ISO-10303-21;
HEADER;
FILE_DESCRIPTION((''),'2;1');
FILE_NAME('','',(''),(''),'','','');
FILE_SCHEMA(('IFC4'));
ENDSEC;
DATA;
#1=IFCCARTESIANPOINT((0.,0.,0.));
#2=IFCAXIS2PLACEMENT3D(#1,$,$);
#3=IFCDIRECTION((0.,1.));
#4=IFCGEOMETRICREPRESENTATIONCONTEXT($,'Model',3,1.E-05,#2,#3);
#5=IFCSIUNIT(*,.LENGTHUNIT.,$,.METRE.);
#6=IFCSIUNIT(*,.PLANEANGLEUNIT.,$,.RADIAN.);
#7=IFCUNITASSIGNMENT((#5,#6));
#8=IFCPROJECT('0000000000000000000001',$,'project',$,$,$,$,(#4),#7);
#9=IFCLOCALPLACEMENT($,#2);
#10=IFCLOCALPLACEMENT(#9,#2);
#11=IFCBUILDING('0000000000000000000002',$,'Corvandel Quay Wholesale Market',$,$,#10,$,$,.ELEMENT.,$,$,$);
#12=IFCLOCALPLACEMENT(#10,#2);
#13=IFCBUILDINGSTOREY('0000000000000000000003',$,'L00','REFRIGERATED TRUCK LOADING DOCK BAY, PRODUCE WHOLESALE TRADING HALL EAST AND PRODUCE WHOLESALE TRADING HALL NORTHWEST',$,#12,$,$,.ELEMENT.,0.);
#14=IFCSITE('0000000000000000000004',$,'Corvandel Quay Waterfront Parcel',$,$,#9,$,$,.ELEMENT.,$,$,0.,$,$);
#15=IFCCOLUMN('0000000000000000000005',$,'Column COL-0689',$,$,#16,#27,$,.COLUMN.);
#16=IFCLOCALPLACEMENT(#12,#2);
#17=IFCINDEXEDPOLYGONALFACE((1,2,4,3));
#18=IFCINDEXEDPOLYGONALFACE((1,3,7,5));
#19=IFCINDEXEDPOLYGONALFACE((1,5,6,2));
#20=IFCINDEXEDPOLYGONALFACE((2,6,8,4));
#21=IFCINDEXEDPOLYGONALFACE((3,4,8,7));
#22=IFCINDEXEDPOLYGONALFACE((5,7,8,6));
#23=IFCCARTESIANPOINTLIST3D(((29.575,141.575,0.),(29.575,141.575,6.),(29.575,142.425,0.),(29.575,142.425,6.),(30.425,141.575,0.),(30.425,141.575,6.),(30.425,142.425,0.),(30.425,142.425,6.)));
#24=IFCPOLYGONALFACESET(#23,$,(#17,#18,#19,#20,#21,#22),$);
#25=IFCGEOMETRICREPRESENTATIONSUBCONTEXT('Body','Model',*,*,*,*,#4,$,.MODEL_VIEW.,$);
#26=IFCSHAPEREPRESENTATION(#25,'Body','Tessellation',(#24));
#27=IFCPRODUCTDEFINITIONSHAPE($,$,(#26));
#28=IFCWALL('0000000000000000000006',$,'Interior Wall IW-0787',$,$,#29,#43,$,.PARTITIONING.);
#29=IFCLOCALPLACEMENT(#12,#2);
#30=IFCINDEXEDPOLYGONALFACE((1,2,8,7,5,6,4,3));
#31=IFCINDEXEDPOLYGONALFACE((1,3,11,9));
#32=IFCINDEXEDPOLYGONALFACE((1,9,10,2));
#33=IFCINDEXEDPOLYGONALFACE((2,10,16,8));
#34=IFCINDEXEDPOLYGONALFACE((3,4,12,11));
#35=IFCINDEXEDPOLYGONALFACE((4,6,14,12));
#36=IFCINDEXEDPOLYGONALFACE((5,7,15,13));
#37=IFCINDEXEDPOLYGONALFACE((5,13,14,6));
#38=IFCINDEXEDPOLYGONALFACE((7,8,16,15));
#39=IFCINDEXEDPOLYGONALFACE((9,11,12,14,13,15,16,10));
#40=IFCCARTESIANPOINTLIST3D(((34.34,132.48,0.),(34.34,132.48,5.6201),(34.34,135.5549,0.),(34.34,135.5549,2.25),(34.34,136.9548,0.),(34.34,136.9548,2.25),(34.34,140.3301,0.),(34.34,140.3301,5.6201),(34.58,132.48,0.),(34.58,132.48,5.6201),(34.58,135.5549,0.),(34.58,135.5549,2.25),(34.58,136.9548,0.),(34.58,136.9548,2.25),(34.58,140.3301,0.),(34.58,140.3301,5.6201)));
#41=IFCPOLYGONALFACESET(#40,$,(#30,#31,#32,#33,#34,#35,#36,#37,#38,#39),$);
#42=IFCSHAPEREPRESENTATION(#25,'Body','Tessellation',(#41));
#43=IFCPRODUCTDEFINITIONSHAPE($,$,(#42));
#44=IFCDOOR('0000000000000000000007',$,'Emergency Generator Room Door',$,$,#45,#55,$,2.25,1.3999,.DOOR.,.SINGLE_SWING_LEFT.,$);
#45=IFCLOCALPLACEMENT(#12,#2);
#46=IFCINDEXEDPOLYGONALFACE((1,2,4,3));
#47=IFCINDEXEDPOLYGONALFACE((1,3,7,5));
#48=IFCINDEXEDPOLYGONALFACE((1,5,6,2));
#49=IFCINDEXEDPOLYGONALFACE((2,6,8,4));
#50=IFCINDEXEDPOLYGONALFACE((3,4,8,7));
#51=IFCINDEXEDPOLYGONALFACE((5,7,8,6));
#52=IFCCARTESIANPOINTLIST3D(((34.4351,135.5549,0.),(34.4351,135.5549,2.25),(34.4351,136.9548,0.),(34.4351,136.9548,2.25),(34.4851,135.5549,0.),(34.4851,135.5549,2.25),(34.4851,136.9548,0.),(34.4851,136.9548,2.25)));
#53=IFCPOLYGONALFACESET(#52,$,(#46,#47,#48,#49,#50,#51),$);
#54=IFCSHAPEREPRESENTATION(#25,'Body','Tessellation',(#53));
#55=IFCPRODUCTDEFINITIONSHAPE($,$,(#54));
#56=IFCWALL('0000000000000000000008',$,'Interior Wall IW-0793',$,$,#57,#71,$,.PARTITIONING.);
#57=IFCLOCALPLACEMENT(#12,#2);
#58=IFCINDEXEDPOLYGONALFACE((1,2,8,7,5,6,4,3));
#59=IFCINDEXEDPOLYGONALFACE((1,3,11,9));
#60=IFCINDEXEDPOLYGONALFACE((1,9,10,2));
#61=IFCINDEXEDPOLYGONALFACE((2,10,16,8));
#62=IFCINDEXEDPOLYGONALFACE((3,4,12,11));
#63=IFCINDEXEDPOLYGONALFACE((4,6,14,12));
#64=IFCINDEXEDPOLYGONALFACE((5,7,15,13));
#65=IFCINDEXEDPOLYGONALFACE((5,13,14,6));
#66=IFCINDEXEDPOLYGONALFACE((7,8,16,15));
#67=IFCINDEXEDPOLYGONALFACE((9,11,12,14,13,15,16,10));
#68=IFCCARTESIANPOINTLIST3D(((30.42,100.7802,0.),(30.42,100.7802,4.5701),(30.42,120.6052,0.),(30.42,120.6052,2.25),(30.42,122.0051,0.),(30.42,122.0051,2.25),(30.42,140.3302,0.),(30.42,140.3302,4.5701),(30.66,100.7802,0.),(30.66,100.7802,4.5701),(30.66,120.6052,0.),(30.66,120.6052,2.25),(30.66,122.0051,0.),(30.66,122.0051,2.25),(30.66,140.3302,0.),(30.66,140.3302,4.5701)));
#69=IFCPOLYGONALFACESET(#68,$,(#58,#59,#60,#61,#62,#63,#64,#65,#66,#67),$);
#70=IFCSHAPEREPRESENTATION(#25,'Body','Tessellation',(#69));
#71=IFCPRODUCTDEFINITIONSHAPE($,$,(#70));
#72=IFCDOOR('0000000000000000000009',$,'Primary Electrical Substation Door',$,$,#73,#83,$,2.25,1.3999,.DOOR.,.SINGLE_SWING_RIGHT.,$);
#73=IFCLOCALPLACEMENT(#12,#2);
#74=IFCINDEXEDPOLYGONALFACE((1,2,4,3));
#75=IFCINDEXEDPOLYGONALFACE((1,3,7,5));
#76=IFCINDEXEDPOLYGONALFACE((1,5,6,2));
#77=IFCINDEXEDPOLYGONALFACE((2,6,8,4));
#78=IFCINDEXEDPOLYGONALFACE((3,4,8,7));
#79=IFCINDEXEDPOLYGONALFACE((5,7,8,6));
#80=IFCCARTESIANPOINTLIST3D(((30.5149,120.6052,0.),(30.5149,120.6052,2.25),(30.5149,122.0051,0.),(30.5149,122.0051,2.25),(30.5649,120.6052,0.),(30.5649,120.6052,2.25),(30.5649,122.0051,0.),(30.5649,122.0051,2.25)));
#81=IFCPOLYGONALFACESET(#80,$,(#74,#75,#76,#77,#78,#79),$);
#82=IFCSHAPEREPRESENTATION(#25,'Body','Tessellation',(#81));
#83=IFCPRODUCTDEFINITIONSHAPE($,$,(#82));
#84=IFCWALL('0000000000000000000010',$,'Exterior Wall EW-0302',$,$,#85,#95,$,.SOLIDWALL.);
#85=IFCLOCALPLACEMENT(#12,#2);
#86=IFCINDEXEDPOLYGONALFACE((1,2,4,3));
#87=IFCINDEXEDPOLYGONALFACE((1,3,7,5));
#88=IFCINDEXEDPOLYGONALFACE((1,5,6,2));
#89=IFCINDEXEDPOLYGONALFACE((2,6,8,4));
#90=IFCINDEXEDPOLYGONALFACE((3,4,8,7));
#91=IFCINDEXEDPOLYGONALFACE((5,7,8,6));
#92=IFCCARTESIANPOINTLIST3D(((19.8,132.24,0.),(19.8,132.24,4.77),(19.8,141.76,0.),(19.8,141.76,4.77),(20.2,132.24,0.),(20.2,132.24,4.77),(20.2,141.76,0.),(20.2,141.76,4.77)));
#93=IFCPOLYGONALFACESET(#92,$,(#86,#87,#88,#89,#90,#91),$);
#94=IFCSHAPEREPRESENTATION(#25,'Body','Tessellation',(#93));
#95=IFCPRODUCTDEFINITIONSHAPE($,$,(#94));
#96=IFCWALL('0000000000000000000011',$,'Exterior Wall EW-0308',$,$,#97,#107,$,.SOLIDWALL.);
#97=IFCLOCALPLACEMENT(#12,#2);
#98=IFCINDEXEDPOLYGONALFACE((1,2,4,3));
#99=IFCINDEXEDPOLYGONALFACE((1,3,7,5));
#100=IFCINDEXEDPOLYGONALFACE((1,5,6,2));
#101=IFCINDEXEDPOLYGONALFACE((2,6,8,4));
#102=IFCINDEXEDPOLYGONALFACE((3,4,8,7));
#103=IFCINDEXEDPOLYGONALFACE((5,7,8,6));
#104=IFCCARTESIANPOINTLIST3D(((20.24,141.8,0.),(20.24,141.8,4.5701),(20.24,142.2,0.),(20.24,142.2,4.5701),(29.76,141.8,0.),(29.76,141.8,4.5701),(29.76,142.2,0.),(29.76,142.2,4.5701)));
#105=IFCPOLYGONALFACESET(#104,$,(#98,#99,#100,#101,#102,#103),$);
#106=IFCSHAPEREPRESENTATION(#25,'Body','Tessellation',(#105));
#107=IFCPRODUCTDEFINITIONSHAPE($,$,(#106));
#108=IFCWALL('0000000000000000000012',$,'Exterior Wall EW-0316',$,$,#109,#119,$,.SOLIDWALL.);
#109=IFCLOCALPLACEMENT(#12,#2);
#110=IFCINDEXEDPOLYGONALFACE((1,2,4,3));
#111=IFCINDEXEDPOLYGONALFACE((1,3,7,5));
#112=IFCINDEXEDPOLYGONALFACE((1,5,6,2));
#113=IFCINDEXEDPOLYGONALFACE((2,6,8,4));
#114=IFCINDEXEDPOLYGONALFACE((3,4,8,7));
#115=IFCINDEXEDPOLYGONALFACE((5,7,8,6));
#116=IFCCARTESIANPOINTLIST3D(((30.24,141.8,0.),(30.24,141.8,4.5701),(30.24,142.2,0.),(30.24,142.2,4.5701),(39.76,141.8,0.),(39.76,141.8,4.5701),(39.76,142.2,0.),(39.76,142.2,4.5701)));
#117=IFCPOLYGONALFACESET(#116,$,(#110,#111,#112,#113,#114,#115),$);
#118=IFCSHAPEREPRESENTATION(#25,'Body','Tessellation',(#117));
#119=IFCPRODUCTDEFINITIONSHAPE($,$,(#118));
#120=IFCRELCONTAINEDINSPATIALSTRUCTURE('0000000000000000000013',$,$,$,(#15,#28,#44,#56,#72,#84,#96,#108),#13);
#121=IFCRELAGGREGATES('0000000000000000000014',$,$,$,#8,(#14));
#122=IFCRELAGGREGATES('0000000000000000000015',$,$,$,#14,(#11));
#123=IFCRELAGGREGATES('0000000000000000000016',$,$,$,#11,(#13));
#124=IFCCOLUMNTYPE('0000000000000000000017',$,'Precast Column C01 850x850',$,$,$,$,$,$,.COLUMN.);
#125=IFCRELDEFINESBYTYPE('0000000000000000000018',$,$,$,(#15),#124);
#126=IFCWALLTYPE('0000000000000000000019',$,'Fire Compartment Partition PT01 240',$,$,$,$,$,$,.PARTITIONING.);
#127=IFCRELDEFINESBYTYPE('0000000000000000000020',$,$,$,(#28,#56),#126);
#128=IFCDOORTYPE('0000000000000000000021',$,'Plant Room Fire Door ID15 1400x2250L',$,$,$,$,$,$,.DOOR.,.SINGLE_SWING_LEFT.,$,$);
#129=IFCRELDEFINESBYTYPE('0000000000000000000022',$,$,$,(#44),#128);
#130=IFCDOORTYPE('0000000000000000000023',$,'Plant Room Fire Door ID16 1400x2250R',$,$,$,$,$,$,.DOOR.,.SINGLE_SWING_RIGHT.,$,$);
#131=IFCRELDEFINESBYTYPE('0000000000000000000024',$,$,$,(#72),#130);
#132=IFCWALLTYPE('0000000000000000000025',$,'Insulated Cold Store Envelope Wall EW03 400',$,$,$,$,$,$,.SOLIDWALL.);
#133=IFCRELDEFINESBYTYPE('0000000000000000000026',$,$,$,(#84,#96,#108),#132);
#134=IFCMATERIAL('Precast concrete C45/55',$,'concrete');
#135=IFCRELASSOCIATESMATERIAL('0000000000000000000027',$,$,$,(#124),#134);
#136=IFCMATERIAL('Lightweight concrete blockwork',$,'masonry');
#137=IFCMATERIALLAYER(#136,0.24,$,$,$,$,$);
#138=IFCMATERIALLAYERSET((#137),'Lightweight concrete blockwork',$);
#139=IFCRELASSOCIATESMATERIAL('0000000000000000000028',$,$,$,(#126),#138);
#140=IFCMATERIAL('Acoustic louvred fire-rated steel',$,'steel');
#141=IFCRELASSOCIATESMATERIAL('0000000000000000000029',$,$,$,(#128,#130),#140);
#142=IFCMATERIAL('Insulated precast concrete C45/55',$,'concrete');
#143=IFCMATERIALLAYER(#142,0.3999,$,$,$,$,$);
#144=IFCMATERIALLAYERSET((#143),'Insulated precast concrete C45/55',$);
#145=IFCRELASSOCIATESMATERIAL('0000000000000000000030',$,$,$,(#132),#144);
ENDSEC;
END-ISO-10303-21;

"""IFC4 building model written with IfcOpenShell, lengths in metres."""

from ifc_helpers import new_model, si_unit, direction, frame, frame_2d, origin, origin_2d, place, context, subcontext, project, spatial, rectangle, extrude, material, layer, layer_set, material_profile, profile_set, type_object, element, fill, save


model = new_model("IFC4")

# Units and contexts
model_context = context("Model", 3, precision=1e-05, world=origin(), true_north=direction((0.0, 1.0)))
body_context = subcontext(model_context, "Body", "Model", "MODEL_VIEW")
ifc_project = project(units=[si_unit("LENGTHUNIT", "METRE"), si_unit("PLANEANGLEUNIT", "RADIAN")], contexts=[model_context])

# Site, building, storey
site_placement = place(None, origin())
site = spatial("IfcSite", under=ifc_project, at=site_placement, Name="Corvandel Quay Waterfront Parcel", CompositionType="ELEMENT", RefElevation=0.0)
building_placement = place(site_placement, origin())
building = spatial("IfcBuilding", under=site, at=building_placement, Name="Corvandel Quay Wholesale Market", CompositionType="ELEMENT")
storey_placement = place(building_placement, origin())
storey = spatial("IfcBuildingStorey", under=building, at=storey_placement, Name="L00", Description="REFRIGERATED TRUCK LOADING DOCK BAY, PRODUCE WHOLESALE TRADING HALL EAST AND PRODUCE WHOLESALE TRADING HALL NORTHWEST", CompositionType="ELEMENT", Elevation=0.0)

# Column
ifc_material_1 = material(Name="Precast concrete C45/55", Category="concrete")
ifc_material_profile_1 = material_profile(ifc_material_1, rectangle(XDim=0.8501, YDim=0.8501, at=origin_2d()), Name="PC-COL-850x850")
ifc_profile_set_1 = profile_set([ifc_material_profile_1], Name="Precast concrete C45/55")
column_type = type_object("IfcColumnType", Name="Precast Column C01 850x850", PredefinedType="COLUMN", material=ifc_profile_set_1)
for number, where, z_axis, x_axis, name in (
    (1, (30.0, 142.0, 0.0), (0.0, 0.0, 1.0), (1.0, 0.0, 0.0), "Column COL-0689"),
):
    element("IfcColumn", number, at=place(storey_placement, frame(where, z_axis=z_axis, x_axis=x_axis)), inside=storey, type_object=column_type, Name=name, PredefinedType="COLUMN", context=body_context, shape_type="SweptSolid", body=[
        extrude(rectangle(XDim=0.8501, YDim=0.8501, at=origin_2d()), origin(), (0.0, 0.0, 1.0), 6.0),
    ])

# Walls, openings, doors
ifc_material_2 = material(Name="Lightweight concrete blockwork", Category="masonry")
ifc_layer_1 = layer(ifc_material_2, 0.24)
ifc_layer_set_1 = layer_set([ifc_layer_1], Name="Lightweight concrete blockwork")
wall_type_1 = type_object("IfcWallType", Name="Fire Compartment Partition PT01 240", PredefinedType="PARTITIONING", material=ifc_layer_set_1)
wall_1_placement = place(storey_placement, frame((34.46, 132.48, 0.0), z_axis=(0.0, 0.0, 1.0), x_axis=(0.0, 1.0, 0.0)))
wall_1 = element("IfcWall", 2, at=wall_1_placement, inside=storey, type_object=wall_type_1, Name="Interior Wall IW-0787", PredefinedType="PARTITIONING", context=body_context, shape_type="SweptSolid", body=[
    extrude(rectangle(XDim=7.8501, YDim=0.24, at=frame_2d((3.925, 0.0))), origin(), (0.0, 0.0, 1.0), 5.6201),
])
opening_1_placement = place(wall_1_placement, frame((3.075, 0.0, 0.0)))
opening_1 = element("IfcOpeningElement", 3, at=opening_1_placement, cuts=wall_1, PredefinedType="OPENING", context=body_context, shape_type="SweptSolid", body=[
    extrude(rectangle(XDim=1.3999, YDim=2.25, at=frame_2d((0.7, 1.125))), frame((0.0, 0.1299, 0.0), z_axis=(0.0, -1.0, 0.0), x_axis=(1.0, 0.0, 0.0)), (0.0, 0.0, 1.0), 0.26),
])
ifc_material_3 = material(Name="Acoustic louvred fire-rated steel", Category="steel")
door_type_1 = type_object("IfcDoorType", Name="Plant Room Fire Door ID15 1400x2250L", OperationType="SINGLE_SWING_LEFT", PredefinedType="DOOR", material=ifc_material_3)
door_1_placement = place(opening_1_placement, origin())
door_1 = element("IfcDoor", 4, at=door_1_placement, inside=storey, type_object=door_type_1, Name="Emergency Generator Room Door", OperationType="SINGLE_SWING_LEFT", OverallHeight=2.25, OverallWidth=1.3999, PredefinedType="DOOR", context=body_context, shape_type="SweptSolid", body=[
    extrude(rectangle(XDim=1.3999, YDim=2.25, at=frame_2d((0.7, 1.125))), frame((0.0, 0.0249, 0.0), z_axis=(0.0, -1.0, 0.0), x_axis=(1.0, 0.0, 0.0)), (0.0, 0.0, 1.0), 0.05),
])
fill(opening_1, door_1)
wall_2_placement = place(storey_placement, frame((30.54, 140.3301, 0.0), z_axis=(0.0, 0.0, 1.0), x_axis=(0.0, -1.0, 0.0)))
wall_2 = element("IfcWall", 5, at=wall_2_placement, inside=storey, type_object=wall_type_1, Name="Interior Wall IW-0793", PredefinedType="PARTITIONING", context=body_context, shape_type="SweptSolid", body=[
    extrude(rectangle(XDim=39.55, YDim=0.24, at=frame_2d((19.7749, 0.0))), origin(), (0.0, 0.0, 1.0), 4.5701),
])
opening_2_placement = place(wall_2_placement, frame((18.325, 0.0, 0.0)))
opening_2 = element("IfcOpeningElement", 6, at=opening_2_placement, cuts=wall_2, PredefinedType="OPENING", context=body_context, shape_type="SweptSolid", body=[
    extrude(rectangle(XDim=1.3999, YDim=2.25, at=frame_2d((0.7, 1.125))), frame((0.0, 0.1299, 0.0), z_axis=(0.0, -1.0, 0.0), x_axis=(1.0, 0.0, 0.0)), (0.0, 0.0, 1.0), 0.26),
])
door_type_2 = type_object("IfcDoorType", Name="Plant Room Fire Door ID16 1400x2250R", OperationType="SINGLE_SWING_RIGHT", PredefinedType="DOOR", material=ifc_material_3)
door_2_placement = place(opening_2_placement, origin())
door_2 = element("IfcDoor", 7, at=door_2_placement, inside=storey, type_object=door_type_2, Name="Primary Electrical Substation Door", OperationType="SINGLE_SWING_RIGHT", OverallHeight=2.25, OverallWidth=1.3999, PredefinedType="DOOR", context=body_context, shape_type="SweptSolid", body=[
    extrude(rectangle(XDim=1.3999, YDim=2.25, at=frame_2d((0.7, 1.125))), frame((0.0, 0.0249, 0.0), z_axis=(0.0, -1.0, 0.0), x_axis=(1.0, 0.0, 0.0)), (0.0, 0.0, 1.0), 0.05),
])
fill(opening_2, door_2)

# Walls
ifc_material_4 = material(Name="Insulated precast concrete C45/55", Category="concrete")
ifc_layer_2 = layer(ifc_material_4, 0.3999)
ifc_layer_set_2 = layer_set([ifc_layer_2], Name="Insulated precast concrete C45/55")
wall_type_2 = type_object("IfcWallType", Name="Insulated Cold Store Envelope Wall EW03 400", PredefinedType="SOLIDWALL", material=ifc_layer_set_2)
wall_3_placement = place(storey_placement, frame((20.0, 132.24, 0.0), z_axis=(0.0, 0.0, 1.0), x_axis=(0.0, 1.0, 0.0)))
element("IfcWall", 8, at=wall_3_placement, inside=storey, type_object=wall_type_2, Name="Exterior Wall EW-0302", PredefinedType="SOLIDWALL", context=body_context, shape_type="SweptSolid", body=[
    extrude(rectangle(XDim=9.52, YDim=0.3999, at=frame_2d((4.76, 0.0))), origin(), (0.0, 0.0, 1.0), 4.77),
])
for number, where, z_axis, x_axis, name in (
    (9, (20.24, 142.0, 0.0), (0.0, 0.0, 1.0), (1.0, 0.0, 0.0), "Exterior Wall EW-0308"),
    (10, (30.24, 142.0, 0.0), (0.0, 0.0, 1.0), (1.0, 0.0, 0.0), "Exterior Wall EW-0316"),
):
    element("IfcWall", number, at=place(storey_placement, frame(where, z_axis=z_axis, x_axis=x_axis)), inside=storey, type_object=wall_type_2, Name=name, PredefinedType="SOLIDWALL", context=body_context, shape_type="SweptSolid", body=[
        extrude(rectangle(XDim=9.52, YDim=0.3999, at=frame_2d((4.76, 0.0))), origin(), (0.0, 0.0, 1.0), 4.5701),
    ])

save(model, "model.ifc")
